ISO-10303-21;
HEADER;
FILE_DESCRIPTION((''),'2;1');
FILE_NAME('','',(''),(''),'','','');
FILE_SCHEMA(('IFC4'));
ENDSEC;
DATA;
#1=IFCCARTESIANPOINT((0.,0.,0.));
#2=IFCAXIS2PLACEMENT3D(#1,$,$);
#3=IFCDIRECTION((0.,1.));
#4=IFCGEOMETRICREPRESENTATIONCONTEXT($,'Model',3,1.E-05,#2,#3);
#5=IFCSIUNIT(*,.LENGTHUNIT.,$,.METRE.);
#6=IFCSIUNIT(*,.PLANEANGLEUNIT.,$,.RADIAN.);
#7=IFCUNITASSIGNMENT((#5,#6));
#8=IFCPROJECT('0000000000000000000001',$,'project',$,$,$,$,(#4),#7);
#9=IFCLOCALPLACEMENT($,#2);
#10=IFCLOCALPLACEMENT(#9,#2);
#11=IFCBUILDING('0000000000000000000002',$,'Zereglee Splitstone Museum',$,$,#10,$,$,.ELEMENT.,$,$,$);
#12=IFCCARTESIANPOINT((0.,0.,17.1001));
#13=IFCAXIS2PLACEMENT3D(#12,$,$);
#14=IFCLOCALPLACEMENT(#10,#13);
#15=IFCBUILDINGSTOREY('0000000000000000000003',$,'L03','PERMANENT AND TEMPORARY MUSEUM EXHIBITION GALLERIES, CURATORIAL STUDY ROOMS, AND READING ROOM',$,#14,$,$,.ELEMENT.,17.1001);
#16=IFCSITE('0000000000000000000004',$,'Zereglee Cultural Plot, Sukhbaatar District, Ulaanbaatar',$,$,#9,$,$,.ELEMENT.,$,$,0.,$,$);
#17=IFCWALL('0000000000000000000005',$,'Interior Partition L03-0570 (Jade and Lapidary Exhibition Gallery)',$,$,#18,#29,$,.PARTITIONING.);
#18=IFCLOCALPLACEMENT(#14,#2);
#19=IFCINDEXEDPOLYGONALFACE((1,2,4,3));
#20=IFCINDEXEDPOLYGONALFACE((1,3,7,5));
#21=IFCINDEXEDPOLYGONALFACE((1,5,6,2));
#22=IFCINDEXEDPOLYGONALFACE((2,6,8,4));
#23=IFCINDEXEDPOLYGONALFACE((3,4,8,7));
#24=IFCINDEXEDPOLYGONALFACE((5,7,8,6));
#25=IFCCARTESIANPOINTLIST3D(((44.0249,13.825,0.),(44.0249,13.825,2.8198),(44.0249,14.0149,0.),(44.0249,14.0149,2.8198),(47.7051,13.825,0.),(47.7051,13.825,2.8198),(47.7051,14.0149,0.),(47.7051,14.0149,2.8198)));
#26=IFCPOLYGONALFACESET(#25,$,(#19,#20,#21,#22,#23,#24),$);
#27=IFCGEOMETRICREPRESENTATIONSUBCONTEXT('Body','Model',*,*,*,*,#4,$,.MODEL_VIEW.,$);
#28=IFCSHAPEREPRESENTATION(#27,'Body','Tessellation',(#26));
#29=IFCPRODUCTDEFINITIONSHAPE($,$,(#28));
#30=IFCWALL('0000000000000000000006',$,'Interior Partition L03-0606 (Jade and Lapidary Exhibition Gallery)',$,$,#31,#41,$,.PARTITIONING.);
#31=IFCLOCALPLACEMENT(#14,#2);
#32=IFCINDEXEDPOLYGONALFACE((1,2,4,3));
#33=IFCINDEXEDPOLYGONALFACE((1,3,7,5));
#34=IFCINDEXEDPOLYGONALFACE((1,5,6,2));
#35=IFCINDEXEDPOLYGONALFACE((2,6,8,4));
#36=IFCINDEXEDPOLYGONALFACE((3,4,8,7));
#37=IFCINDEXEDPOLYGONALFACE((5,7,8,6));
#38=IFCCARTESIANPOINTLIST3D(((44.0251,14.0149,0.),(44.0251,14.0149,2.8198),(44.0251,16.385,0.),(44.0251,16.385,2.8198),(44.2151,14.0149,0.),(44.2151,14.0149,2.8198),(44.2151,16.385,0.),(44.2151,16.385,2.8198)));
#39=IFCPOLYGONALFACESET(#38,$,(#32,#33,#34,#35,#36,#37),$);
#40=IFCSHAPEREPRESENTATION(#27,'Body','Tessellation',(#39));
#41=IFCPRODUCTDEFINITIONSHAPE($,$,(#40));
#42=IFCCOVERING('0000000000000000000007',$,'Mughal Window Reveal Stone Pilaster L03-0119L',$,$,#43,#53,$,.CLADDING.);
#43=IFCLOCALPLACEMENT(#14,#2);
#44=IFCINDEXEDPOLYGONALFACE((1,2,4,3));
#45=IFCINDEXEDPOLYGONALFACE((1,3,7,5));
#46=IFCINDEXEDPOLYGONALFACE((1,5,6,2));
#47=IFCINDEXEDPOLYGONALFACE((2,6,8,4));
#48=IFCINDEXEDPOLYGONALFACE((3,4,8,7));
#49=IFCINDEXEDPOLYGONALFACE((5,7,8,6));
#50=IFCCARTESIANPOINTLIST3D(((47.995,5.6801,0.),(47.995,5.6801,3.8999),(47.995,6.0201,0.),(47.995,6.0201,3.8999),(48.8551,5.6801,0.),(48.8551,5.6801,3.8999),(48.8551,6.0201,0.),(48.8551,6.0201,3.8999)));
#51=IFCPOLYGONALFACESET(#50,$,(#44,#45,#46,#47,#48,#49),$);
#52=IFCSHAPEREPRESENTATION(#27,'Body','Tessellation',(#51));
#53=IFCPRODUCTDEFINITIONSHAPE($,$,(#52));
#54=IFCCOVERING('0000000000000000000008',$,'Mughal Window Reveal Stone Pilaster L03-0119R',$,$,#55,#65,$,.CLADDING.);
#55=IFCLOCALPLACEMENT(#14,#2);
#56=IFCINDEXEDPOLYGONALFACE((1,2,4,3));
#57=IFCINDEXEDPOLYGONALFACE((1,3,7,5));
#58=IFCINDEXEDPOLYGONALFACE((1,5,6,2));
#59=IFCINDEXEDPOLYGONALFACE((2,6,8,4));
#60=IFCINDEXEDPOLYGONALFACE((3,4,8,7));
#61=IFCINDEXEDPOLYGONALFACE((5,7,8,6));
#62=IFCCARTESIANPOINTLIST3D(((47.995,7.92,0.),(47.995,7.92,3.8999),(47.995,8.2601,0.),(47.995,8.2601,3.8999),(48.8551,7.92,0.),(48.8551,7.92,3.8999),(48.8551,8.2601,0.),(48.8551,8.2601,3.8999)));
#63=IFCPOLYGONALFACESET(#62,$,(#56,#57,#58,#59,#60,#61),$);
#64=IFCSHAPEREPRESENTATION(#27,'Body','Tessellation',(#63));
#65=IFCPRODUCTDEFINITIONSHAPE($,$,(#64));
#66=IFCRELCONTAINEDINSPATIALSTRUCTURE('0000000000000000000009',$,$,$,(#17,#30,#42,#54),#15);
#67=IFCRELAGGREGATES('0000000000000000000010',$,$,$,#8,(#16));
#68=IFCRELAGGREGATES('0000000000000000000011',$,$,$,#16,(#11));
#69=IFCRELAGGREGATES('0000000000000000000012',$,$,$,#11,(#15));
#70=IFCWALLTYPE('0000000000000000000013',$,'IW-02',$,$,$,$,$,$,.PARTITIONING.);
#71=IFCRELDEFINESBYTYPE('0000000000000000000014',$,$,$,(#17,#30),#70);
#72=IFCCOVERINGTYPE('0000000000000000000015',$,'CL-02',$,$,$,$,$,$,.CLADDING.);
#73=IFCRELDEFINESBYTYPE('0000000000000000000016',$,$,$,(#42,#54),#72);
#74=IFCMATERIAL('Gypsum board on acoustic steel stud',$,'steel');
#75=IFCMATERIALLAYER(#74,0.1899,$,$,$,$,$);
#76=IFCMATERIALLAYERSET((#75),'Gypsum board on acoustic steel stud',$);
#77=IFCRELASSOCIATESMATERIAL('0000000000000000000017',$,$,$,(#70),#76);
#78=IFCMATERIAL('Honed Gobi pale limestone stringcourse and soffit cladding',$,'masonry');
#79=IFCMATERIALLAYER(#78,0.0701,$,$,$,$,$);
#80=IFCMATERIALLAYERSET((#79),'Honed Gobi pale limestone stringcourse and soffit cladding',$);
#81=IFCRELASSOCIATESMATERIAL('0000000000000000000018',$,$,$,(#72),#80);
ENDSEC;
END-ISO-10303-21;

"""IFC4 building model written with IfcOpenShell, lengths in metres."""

from ifc_helpers import new_model, si_unit, direction, frame, frame_2d, origin, origin_2d, place, context, subcontext, project, spatial, rectangle, extrude, material, layer, layer_set, type_object, element, save


model = new_model("IFC4")

# Units and contexts
model_context = context("Model", 3, precision=1e-05, world=origin(), true_north=direction((0.0, 1.0)))
body_context = subcontext(model_context, "Body", "Model", "MODEL_VIEW")
ifc_project = project(units=[si_unit("LENGTHUNIT", "METRE"), si_unit("PLANEANGLEUNIT", "RADIAN")], contexts=[model_context])

# Site, building, storey
site_placement = place(None, origin())
site = spatial("IfcSite", under=ifc_project, at=site_placement, Name="Zereglee Cultural Plot, Sukhbaatar District, Ulaanbaatar", CompositionType="ELEMENT", RefElevation=0.0)
building_placement = place(site_placement, origin())
building = spatial("IfcBuilding", under=site, at=building_placement, Name="Zereglee Splitstone Museum", CompositionType="ELEMENT")
storey_placement = place(building_placement, frame((0.0, 0.0, 17.1001)))
storey = spatial("IfcBuildingStorey", under=building, at=storey_placement, Name="L03", Description="PERMANENT AND TEMPORARY MUSEUM EXHIBITION GALLERIES, CURATORIAL STUDY ROOMS, AND READING ROOM", CompositionType="ELEMENT", Elevation=17.1001)

# Walls
ifc_material_1 = material(Name="Gypsum board on acoustic steel stud", Category="steel")
ifc_layer_1 = layer(ifc_material_1, 0.1899)
ifc_layer_set_1 = layer_set([ifc_layer_1], Name="Gypsum board on acoustic steel stud")
wall_type_1 = type_object("IfcWallType", Name="IW-02", PredefinedType="PARTITIONING", material=ifc_layer_set_1)
wall_1_placement = place(storey_placement, frame((44.0249, 13.9199, 0.0), z_axis=(0.0, 0.0, 1.0), x_axis=(1.0, 0.0, 0.0)))
element("IfcWall", 1, at=wall_1_placement, inside=storey, type_object=wall_type_1, Name="Interior Partition L03-0570 (Jade and Lapidary Exhibition Gallery)", PredefinedType="PARTITIONING", context=body_context, shape_type="SweptSolid", body=[
    extrude(rectangle(XDim=3.6802, YDim=0.1899, at=frame_2d((1.8401, 0.0))), origin(), (0.0, 0.0, 1.0), 2.8198),
])
wall_2_placement = place(storey_placement, frame((44.1201, 14.0149, 0.0), z_axis=(0.0, 0.0, 1.0), x_axis=(0.0, 1.0, 0.0)))
element("IfcWall", 2, at=wall_2_placement, inside=storey, type_object=wall_type_1, Name="Interior Partition L03-0606 (Jade and Lapidary Exhibition Gallery)", PredefinedType="PARTITIONING", context=body_context, shape_type="SweptSolid", body=[
    extrude(rectangle(XDim=2.3701, YDim=0.1899, at=frame_2d((1.1851, 0.0))), origin(), (0.0, 0.0, 1.0), 2.8198),
])

# Coverings
ifc_material_2 = material(Name="Honed Gobi pale limestone stringcourse and soffit cladding", Category="masonry")
ifc_layer_2 = layer(ifc_material_2, 0.0701)
ifc_layer_set_2 = layer_set([ifc_layer_2], Name="Honed Gobi pale limestone stringcourse and soffit cladding")
covering_type = type_object("IfcCoveringType", Name="CL-02", PredefinedType="CLADDING", material=ifc_layer_set_2)
for number, where, z_axis, x_axis, name in (
    (3, (48.425, 5.8501, 0.0), (0.0, 0.0, 1.0), (0.0, 1.0, 0.0), "Mughal Window Reveal Stone Pilaster L03-0119L"),
    (4, (48.425, 8.0901, 0.0), (0.0, 0.0, 1.0), (0.0, 1.0, 0.0), "Mughal Window Reveal Stone Pilaster L03-0119R"),
):
    element("IfcCovering", number, at=place(storey_placement, frame(where, z_axis=z_axis, x_axis=x_axis)), inside=storey, type_object=covering_type, Name=name, PredefinedType="CLADDING", context=body_context, shape_type="SweptSolid", body=[
        extrude(rectangle(XDim=0.3401, YDim=0.8601, at=origin_2d()), origin(), (0.0, 0.0, 1.0), 3.8999),
    ])

save(model, "model.ifc")
